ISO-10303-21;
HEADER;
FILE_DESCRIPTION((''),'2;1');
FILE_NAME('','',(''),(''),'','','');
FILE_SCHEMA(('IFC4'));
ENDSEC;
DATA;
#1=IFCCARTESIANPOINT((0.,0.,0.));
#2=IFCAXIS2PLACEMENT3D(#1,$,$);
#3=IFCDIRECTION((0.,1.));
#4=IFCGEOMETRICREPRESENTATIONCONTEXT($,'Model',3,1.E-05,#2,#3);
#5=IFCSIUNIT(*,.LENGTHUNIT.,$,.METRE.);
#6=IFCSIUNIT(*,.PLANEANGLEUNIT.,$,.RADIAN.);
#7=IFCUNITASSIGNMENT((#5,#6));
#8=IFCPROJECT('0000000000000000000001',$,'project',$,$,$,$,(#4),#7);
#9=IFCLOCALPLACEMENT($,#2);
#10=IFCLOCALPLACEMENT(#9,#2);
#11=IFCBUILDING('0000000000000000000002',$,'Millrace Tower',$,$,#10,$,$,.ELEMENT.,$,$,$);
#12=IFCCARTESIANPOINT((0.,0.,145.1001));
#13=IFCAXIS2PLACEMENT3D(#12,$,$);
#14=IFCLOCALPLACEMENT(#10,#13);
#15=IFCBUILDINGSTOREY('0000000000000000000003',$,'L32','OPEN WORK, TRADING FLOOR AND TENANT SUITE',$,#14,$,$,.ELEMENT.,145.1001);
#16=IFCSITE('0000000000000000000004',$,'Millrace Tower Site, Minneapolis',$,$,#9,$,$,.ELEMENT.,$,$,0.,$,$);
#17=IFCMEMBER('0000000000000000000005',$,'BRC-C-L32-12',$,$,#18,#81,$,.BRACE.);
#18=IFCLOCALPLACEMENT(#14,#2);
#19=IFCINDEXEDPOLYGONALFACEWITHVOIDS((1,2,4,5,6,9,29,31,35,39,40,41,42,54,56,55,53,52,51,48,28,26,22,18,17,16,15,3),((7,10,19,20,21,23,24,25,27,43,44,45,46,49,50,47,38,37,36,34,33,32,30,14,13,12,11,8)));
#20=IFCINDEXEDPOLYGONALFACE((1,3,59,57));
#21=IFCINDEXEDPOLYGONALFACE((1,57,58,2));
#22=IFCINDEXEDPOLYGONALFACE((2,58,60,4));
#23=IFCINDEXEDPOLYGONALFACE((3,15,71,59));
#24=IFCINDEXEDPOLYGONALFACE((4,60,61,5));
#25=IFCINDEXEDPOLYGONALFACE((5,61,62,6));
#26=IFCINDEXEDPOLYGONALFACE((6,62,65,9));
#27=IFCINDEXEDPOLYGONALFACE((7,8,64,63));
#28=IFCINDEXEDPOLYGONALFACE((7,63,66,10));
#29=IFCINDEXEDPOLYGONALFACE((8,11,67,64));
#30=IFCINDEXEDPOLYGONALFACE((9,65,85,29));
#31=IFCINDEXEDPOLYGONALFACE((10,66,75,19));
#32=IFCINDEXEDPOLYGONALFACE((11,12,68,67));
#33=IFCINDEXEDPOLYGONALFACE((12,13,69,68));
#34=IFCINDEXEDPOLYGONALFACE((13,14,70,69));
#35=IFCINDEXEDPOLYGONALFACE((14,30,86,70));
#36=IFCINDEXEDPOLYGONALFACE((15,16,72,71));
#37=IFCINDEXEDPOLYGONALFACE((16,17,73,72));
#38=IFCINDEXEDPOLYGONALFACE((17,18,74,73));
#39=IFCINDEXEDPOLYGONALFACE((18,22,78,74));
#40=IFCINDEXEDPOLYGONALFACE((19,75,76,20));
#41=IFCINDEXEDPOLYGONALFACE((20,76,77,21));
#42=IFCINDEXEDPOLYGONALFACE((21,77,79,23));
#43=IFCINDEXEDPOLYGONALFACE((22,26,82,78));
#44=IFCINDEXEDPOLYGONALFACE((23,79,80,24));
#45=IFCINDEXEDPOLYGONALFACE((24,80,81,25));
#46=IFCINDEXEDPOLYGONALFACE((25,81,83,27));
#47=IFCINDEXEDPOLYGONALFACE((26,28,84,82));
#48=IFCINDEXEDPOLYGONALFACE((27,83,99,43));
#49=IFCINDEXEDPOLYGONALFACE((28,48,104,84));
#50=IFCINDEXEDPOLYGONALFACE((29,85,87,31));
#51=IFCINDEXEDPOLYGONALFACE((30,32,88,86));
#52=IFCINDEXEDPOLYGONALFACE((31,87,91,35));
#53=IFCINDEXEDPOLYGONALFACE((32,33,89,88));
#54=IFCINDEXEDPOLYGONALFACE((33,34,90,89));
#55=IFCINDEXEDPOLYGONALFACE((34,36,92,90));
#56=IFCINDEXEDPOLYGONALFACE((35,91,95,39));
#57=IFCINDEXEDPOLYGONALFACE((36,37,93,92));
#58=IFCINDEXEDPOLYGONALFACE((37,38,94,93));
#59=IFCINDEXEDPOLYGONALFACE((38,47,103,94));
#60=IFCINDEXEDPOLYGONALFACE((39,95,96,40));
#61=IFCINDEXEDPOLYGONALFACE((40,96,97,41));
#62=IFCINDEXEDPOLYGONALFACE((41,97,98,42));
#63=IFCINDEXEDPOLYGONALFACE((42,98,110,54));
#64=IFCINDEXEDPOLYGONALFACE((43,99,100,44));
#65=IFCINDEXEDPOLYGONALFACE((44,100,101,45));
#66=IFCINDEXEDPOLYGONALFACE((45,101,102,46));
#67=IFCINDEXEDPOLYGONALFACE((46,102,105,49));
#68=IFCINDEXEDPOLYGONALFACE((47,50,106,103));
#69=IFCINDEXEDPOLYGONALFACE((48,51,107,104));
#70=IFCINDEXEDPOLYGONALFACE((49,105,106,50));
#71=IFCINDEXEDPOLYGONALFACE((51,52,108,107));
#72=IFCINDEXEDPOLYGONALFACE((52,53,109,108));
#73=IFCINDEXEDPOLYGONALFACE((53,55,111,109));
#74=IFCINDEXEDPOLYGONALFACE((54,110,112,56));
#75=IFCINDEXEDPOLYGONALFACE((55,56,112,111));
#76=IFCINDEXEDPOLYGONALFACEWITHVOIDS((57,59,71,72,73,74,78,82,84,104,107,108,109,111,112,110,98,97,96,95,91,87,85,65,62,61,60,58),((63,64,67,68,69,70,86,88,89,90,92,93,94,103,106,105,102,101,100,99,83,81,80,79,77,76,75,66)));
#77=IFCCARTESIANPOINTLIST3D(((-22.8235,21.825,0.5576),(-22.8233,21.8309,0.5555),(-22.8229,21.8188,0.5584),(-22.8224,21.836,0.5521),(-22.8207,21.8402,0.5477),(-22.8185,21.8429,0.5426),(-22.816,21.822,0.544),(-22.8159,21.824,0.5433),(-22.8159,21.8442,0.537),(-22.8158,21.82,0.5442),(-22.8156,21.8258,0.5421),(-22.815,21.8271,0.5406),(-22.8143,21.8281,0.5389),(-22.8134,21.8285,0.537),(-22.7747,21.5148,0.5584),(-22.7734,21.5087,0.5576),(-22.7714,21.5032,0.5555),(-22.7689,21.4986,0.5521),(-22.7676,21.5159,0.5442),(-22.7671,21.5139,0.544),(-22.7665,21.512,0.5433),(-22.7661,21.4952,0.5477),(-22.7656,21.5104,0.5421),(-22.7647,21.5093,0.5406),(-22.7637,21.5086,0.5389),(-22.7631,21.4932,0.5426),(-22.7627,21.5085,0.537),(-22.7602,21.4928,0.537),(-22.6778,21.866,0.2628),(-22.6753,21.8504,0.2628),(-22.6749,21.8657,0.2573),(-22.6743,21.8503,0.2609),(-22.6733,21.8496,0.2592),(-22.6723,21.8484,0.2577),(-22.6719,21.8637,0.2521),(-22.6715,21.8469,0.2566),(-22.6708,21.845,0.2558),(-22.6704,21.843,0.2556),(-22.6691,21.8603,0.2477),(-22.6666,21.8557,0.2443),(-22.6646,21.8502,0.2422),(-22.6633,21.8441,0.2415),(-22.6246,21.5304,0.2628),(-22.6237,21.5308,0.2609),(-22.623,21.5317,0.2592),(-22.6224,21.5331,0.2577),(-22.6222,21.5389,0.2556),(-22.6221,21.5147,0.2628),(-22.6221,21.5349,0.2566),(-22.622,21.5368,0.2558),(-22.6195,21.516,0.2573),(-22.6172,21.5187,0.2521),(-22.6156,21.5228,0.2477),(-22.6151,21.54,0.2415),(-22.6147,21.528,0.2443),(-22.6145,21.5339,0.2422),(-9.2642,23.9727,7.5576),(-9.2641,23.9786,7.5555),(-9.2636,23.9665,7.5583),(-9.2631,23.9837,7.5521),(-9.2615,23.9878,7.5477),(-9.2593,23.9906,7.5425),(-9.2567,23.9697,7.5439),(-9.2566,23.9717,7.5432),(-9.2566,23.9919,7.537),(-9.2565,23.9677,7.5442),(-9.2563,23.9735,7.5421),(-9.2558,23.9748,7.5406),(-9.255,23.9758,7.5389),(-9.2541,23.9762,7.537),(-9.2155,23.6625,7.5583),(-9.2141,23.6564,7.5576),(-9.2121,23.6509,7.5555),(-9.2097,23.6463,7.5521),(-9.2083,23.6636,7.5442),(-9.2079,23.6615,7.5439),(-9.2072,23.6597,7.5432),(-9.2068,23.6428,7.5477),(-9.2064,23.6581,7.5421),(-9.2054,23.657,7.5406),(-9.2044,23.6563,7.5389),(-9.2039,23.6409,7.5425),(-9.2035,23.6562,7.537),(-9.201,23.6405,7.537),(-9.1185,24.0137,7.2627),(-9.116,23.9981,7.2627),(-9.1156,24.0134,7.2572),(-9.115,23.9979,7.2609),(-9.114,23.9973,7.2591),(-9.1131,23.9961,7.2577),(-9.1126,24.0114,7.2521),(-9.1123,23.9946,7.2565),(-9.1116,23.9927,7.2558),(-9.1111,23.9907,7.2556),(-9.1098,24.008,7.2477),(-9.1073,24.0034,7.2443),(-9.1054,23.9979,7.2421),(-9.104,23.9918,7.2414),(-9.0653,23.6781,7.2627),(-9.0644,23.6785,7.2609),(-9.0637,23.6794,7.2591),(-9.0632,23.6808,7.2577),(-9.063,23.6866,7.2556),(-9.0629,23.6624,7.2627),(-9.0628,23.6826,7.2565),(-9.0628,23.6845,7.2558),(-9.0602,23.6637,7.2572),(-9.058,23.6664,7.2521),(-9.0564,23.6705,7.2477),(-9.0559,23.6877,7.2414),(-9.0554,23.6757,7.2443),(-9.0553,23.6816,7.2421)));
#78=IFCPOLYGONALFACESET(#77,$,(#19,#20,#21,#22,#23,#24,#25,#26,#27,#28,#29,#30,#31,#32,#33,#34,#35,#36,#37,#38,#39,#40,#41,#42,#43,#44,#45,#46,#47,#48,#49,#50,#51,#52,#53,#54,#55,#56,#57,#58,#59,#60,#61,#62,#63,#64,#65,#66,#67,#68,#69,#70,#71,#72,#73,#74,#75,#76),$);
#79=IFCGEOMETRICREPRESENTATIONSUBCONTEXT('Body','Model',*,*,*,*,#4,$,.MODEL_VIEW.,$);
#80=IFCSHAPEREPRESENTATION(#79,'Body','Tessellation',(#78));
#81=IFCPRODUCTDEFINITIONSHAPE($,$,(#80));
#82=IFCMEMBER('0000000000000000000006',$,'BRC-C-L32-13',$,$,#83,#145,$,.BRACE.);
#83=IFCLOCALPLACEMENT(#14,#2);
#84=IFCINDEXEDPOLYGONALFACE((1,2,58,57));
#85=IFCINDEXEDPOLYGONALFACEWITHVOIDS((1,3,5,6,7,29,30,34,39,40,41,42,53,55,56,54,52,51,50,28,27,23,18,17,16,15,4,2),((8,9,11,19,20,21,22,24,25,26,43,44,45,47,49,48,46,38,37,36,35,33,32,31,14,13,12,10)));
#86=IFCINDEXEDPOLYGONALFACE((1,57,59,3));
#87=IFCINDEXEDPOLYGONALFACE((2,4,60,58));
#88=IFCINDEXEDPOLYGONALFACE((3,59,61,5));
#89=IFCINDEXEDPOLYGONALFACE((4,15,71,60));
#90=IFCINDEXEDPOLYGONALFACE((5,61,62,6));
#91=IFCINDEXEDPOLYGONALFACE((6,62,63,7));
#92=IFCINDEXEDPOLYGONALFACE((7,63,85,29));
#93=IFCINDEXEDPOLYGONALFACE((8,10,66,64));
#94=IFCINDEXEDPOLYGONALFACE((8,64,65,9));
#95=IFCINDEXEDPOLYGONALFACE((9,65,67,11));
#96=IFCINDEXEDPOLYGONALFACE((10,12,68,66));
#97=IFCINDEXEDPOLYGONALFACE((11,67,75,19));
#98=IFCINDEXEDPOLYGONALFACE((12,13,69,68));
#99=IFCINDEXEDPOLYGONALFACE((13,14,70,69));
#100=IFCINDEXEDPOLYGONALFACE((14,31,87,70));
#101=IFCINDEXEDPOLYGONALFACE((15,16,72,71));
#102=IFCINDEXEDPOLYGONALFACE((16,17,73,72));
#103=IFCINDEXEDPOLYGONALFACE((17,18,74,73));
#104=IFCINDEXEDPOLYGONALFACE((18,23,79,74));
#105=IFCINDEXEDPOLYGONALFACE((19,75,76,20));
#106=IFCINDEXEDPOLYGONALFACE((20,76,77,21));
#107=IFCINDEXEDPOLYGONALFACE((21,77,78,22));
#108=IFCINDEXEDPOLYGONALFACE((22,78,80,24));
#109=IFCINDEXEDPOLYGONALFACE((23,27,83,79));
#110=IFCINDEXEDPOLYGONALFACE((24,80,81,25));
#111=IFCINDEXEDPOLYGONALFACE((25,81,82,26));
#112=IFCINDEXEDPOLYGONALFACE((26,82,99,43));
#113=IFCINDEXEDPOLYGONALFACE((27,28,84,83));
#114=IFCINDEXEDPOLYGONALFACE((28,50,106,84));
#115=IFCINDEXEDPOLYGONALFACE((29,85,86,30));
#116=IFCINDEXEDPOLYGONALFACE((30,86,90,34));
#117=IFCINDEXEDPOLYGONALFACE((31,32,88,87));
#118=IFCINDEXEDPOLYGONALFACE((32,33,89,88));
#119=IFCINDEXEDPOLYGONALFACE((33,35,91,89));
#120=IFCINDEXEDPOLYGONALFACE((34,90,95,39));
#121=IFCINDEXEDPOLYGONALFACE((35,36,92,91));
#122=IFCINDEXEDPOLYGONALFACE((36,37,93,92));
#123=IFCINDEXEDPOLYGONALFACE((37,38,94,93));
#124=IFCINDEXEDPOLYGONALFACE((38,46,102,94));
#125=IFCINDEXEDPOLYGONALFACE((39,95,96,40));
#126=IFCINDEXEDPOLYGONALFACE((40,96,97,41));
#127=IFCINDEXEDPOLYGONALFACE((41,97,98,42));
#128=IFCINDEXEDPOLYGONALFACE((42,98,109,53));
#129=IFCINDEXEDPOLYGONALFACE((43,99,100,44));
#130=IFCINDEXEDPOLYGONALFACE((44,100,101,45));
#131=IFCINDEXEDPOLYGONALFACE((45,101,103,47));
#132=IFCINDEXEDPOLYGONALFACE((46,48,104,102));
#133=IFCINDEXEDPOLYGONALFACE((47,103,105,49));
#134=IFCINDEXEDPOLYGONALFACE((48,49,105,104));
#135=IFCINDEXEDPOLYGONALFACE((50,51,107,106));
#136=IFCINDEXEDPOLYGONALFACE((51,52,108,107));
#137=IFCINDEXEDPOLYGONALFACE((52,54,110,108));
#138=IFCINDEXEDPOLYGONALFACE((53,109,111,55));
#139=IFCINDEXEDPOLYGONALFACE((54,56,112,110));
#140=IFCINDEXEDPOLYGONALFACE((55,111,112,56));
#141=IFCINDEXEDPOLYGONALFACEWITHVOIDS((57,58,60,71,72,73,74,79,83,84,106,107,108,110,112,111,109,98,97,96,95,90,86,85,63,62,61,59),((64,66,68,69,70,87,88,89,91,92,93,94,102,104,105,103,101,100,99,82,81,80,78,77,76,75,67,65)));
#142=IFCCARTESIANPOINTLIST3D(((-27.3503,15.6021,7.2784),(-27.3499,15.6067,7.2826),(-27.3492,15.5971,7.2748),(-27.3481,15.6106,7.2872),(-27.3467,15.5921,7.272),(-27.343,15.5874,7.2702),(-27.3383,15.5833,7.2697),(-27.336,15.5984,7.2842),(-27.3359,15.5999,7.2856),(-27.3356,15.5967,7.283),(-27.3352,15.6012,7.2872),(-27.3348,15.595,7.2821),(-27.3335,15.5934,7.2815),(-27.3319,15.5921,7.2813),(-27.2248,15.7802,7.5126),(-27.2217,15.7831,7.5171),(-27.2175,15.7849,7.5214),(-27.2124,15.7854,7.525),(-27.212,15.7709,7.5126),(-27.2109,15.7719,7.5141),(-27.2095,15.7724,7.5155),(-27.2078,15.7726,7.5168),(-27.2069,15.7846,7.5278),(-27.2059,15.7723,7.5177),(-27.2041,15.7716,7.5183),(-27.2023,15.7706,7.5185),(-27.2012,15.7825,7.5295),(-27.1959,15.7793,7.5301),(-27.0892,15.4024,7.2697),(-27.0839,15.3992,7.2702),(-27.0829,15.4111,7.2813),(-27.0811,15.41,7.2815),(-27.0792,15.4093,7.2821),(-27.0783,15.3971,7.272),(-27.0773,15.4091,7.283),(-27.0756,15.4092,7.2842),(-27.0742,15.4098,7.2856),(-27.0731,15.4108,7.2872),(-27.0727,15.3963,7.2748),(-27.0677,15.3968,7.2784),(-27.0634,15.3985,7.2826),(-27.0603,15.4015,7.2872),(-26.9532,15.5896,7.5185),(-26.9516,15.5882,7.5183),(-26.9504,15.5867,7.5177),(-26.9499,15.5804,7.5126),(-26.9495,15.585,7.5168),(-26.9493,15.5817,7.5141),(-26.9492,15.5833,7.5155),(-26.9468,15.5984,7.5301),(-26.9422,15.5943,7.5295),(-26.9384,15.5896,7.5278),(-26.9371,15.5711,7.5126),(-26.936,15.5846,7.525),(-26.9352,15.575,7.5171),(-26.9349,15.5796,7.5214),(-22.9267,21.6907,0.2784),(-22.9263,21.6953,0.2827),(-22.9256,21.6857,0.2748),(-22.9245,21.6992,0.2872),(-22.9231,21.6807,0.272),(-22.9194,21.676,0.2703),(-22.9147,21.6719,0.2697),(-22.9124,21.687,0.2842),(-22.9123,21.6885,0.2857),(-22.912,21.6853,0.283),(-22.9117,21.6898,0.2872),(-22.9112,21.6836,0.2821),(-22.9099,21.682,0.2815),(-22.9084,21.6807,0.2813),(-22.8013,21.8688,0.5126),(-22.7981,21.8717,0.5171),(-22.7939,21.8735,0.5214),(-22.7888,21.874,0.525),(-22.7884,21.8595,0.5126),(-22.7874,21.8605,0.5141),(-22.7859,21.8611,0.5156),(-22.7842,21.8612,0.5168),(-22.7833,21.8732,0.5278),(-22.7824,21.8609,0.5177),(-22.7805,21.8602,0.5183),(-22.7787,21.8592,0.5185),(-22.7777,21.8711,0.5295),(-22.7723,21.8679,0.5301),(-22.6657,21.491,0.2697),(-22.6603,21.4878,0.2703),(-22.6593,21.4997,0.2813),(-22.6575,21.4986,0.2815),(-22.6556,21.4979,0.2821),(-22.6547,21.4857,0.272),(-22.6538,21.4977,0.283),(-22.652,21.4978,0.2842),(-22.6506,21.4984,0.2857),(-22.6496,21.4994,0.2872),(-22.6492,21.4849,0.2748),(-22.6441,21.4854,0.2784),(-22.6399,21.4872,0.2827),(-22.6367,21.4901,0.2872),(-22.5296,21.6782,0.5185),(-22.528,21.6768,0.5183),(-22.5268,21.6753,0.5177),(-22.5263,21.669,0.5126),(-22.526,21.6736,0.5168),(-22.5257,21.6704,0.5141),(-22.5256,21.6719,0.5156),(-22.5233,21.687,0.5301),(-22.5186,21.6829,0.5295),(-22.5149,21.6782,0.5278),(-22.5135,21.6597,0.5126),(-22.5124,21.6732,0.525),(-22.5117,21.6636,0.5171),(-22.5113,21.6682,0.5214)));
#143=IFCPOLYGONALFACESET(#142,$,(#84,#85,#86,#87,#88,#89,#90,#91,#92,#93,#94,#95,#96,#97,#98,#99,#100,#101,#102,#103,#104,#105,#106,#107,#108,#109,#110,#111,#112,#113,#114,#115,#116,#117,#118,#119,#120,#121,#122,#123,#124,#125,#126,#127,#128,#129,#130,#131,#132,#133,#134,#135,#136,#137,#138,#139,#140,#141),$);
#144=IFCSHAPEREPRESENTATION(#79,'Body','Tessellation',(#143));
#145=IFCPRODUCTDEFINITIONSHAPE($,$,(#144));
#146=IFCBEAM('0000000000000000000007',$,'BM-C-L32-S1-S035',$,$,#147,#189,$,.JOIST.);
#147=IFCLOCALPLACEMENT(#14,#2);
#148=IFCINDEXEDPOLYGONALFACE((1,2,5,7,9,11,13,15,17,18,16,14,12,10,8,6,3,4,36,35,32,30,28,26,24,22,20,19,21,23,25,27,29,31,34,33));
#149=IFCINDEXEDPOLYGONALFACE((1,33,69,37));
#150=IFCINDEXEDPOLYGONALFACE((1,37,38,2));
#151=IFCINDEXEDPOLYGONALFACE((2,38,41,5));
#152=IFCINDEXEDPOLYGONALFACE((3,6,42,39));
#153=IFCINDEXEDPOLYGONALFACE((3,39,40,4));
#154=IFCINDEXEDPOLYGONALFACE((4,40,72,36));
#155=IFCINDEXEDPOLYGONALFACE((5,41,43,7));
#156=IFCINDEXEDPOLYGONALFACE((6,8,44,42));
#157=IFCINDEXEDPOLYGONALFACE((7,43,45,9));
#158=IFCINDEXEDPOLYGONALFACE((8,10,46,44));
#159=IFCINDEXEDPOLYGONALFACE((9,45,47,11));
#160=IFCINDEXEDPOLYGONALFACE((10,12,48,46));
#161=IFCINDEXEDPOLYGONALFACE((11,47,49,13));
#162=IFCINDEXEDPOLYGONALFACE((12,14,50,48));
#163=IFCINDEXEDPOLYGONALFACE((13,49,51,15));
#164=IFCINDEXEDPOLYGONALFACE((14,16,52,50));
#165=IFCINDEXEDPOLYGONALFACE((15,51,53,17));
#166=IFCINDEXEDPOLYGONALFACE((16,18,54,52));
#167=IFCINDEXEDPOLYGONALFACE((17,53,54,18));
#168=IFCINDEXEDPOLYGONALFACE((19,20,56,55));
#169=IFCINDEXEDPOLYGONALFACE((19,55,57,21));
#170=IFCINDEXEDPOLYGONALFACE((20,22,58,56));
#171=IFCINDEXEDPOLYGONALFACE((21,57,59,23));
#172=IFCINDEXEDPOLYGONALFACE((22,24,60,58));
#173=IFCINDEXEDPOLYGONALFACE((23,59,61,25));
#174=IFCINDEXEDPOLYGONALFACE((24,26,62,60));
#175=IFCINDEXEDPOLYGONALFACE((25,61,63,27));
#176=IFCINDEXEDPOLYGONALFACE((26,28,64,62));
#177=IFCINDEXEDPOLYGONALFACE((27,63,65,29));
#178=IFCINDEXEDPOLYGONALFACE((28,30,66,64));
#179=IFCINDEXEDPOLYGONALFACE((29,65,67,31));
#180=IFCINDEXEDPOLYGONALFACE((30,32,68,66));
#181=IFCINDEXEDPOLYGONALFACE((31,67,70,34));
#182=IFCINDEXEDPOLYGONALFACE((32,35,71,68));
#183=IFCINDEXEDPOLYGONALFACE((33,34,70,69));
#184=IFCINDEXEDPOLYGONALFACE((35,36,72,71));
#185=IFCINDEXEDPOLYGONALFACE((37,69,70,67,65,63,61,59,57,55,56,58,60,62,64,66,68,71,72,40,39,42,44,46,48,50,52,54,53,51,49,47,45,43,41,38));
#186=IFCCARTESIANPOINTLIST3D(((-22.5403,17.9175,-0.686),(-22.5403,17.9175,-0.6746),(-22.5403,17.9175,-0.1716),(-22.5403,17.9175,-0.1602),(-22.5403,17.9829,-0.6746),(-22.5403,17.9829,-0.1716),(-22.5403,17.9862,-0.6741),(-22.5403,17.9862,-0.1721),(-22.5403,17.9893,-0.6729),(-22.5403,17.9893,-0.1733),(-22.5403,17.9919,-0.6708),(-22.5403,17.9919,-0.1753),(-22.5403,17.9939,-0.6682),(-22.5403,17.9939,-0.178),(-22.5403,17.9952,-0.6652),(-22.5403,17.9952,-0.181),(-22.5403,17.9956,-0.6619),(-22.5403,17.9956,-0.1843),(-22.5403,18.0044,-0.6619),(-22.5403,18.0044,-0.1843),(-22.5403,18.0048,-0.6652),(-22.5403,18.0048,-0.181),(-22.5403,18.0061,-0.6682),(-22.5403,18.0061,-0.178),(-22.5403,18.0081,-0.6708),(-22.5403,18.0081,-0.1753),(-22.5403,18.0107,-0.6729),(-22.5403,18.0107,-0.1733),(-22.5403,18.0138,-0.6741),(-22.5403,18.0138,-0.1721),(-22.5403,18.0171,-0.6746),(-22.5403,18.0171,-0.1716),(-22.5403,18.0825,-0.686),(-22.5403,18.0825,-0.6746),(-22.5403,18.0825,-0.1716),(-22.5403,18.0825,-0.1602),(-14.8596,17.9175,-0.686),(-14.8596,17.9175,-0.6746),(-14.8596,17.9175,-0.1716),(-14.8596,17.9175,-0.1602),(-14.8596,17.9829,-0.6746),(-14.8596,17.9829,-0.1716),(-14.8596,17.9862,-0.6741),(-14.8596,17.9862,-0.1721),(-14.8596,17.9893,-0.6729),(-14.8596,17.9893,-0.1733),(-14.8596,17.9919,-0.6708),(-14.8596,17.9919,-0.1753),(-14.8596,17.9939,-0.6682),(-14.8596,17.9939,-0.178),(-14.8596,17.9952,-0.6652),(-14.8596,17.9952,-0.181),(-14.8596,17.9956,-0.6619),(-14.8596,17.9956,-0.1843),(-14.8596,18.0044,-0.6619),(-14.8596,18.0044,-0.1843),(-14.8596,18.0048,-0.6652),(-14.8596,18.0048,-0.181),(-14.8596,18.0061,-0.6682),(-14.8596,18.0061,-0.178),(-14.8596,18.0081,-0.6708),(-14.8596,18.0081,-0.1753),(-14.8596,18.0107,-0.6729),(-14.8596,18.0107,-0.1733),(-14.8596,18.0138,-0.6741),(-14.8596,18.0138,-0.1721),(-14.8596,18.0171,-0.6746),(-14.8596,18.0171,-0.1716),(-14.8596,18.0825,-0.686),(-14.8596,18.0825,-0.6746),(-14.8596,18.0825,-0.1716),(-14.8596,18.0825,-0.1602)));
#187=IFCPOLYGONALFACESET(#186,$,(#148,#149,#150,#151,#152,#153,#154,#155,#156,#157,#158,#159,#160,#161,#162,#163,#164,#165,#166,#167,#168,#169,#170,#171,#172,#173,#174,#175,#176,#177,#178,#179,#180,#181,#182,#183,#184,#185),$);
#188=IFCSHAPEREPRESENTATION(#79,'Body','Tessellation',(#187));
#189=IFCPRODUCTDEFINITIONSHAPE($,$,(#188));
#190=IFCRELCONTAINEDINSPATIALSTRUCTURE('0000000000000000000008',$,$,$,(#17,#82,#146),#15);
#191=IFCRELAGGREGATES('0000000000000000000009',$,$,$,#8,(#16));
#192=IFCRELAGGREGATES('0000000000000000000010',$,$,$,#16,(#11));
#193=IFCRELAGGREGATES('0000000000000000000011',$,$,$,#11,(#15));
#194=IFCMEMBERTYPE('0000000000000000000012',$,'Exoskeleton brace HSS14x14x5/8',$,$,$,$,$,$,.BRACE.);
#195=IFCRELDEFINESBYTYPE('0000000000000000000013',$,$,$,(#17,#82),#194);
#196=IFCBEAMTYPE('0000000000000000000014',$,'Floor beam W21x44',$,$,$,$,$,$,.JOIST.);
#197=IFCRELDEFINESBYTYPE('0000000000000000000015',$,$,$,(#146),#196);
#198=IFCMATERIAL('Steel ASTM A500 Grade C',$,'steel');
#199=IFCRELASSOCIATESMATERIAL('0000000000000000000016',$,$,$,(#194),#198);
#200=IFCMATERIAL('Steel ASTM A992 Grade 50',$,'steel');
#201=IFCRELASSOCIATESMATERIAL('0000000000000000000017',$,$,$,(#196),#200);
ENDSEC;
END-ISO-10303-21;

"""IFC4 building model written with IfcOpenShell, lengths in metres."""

from ifc_helpers import new_model, si_unit, direction, frame, origin, origin_2d, place, context, subcontext, project, spatial, hollow_rectangle, i_section, extrude, material, material_profile, profile_set, type_object, element, save


model = new_model("IFC4")

# Units and contexts
model_context = context("Model", 3, precision=1e-05, world=origin(), true_north=direction((0.0, 1.0)))
body_context = subcontext(model_context, "Body", "Model", "MODEL_VIEW")
ifc_project = project(units=[si_unit("LENGTHUNIT", "METRE"), si_unit("PLANEANGLEUNIT", "RADIAN")], contexts=[model_context])

# Site, building, storey
site_placement = place(None, origin())
site = spatial("IfcSite", under=ifc_project, at=site_placement, Name="Millrace Tower Site, Minneapolis", CompositionType="ELEMENT", RefElevation=0.0)
building_placement = place(site_placement, origin())
building = spatial("IfcBuilding", under=site, at=building_placement, Name="Millrace Tower", CompositionType="ELEMENT")
storey_placement = place(building_placement, frame((0.0, 0.0, 145.1001)))
storey = spatial("IfcBuildingStorey", under=building, at=storey_placement, Name="L32", Description="OPEN WORK, TRADING FLOOR AND TENANT SUITE", CompositionType="ELEMENT", Elevation=145.1001)

# Members
ifc_material_1 = material(Name="Steel ASTM A500 Grade C", Category="steel")
ifc_material_profile_1 = material_profile(ifc_material_1, hollow_rectangle(XDim=0.3557, YDim=0.3557, WallThickness=0.0159, InnerFilletRadius=0.0081, OuterFilletRadius=0.0239, at=origin_2d()))
ifc_profile_set_1 = profile_set([ifc_material_profile_1], Name="Steel ASTM A500 Grade C")
member_type_1 = type_object("IfcMemberType", Name="Exoskeleton brace HSS14x14x5/8", PredefinedType="BRACE", material=ifc_profile_set_1)
member_1_placement = place(storey_placement, frame((-22.719, 21.6794, 0.3999), z_axis=(0.879905, 0.139371, 0.454251), x_axis=(-0.156443, 0.987687, 0.0)))
element("IfcMember", 1, at=member_1_placement, inside=storey, type_object=member_type_1, Name="BRC-C-L32-12", PredefinedType="BRACE", context=body_context, shape_type="SweptSolid", body=[
    extrude(hollow_rectangle(XDim=0.3557, YDim=0.3557, WallThickness=0.0159, InnerFilletRadius=0.0081, OuterFilletRadius=0.0239, at=origin_2d()), origin(), (0.0, 0.0, 1.0), 15.4099),
])
member_2_placement = place(storey_placement, frame((-22.719, 21.6794, 0.3999), z_axis=(-0.430389, -0.592388, 0.681059), x_axis=(0.809021, -0.58778, 0.0)))
element("IfcMember", 2, at=member_2_placement, inside=storey, type_object=member_type_1, Name="BRC-C-L32-13", PredefinedType="BRACE", context=body_context, shape_type="SweptSolid", body=[
    extrude(hollow_rectangle(XDim=0.3557, YDim=0.3557, WallThickness=0.0159, InnerFilletRadius=0.0081, OuterFilletRadius=0.0239, at=origin_2d()), origin(), (0.0, 0.0, 1.0), 10.2781),
])

# Beam
ifc_material_2 = material(Name="Steel ASTM A992 Grade 50", Category="steel")
ifc_material_profile_2 = material_profile(ifc_material_2, i_section(OverallWidth=0.165, OverallDepth=0.5259, WebThickness=0.0088, FlangeThickness=0.0115, FilletRadius=0.0127, at=origin_2d()))
ifc_profile_set_2 = profile_set([ifc_material_profile_2], Name="Steel ASTM A992 Grade 50")
beam_type_1 = type_object("IfcBeamType", Name="Floor beam W21x44", PredefinedType="JOIST", material=ifc_profile_set_2)
beam_1_placement = place(storey_placement, frame((-22.5403, 18.0, -0.4231), z_axis=(1.0, 0.0, 0.0), x_axis=(0.0, 1.0, 0.0)))
element("IfcBeam", 3, at=beam_1_placement, inside=storey, type_object=beam_type_1, Name="BM-C-L32-S1-S035", PredefinedType="JOIST", context=body_context, shape_type="SweptSolid", body=[
    extrude(i_section(OverallWidth=0.165, OverallDepth=0.5259, WebThickness=0.0088, FlangeThickness=0.0115, FilletRadius=0.0127, at=origin_2d()), origin(), (0.0, 0.0, 1.0), 7.6807),
])

save(model, "model.ifc")
